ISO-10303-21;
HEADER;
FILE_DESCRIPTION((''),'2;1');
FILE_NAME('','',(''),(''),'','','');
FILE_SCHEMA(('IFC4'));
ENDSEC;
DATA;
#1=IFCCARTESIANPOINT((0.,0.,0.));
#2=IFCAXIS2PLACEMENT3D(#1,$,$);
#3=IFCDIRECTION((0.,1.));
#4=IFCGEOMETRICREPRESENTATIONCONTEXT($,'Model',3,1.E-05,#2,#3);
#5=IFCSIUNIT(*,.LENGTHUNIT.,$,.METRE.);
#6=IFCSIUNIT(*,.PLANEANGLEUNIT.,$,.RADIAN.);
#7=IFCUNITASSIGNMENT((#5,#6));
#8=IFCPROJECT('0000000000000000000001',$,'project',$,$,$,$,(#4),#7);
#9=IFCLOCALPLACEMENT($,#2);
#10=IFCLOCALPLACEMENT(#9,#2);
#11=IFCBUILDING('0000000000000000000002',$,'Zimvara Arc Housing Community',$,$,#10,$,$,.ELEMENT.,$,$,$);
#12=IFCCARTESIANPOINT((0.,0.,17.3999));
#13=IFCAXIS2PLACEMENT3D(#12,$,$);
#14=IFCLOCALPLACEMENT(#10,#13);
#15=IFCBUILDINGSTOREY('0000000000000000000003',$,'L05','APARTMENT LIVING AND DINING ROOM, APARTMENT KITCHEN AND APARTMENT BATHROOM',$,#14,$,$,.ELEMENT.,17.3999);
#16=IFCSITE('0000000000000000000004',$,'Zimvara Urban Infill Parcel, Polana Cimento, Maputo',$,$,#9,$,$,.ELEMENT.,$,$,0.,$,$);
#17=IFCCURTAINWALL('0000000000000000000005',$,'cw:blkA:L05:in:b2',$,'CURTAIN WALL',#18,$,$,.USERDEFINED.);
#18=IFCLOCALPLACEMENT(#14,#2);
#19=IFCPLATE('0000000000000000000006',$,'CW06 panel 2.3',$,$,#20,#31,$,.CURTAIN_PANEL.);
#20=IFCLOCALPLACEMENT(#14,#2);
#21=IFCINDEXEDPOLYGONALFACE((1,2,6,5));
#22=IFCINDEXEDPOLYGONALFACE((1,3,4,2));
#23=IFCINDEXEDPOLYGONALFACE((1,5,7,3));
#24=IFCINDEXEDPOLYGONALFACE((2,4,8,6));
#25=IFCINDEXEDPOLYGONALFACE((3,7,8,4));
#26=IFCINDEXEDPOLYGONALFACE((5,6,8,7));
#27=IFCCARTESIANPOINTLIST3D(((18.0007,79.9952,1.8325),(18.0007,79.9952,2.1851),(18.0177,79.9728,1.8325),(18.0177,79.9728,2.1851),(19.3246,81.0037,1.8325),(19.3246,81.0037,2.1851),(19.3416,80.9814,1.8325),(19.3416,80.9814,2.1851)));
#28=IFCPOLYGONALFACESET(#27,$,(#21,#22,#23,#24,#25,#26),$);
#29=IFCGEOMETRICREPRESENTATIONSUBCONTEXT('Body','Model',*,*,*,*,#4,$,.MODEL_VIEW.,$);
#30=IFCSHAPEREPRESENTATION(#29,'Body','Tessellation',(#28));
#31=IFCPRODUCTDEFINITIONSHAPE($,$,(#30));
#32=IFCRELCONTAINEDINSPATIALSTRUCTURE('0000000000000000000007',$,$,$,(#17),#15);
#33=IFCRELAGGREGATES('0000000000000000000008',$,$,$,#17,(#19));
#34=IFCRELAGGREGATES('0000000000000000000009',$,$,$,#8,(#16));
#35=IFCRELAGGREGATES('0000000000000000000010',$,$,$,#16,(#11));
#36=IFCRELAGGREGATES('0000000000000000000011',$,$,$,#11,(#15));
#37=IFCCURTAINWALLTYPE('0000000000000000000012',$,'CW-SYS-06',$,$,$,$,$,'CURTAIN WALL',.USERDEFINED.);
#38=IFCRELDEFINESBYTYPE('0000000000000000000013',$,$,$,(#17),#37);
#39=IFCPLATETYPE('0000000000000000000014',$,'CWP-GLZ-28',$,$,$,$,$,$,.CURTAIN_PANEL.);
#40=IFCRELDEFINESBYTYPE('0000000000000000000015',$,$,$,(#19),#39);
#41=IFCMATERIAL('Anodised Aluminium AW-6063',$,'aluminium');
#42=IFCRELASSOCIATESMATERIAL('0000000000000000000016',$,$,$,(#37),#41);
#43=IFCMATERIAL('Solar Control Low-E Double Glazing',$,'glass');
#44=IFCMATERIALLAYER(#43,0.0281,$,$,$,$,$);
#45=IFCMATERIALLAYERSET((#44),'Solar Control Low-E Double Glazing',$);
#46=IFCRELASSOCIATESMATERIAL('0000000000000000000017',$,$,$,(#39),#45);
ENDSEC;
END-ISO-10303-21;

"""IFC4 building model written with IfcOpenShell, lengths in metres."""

from ifc_helpers import new_model, si_unit, direction, frame, origin, origin_2d, place, context, subcontext, project, spatial, rectangle, extrude, material, layer, layer_set, type_object, element, aggregate, save


model = new_model("IFC4")

# Units and contexts
model_context = context("Model", 3, precision=1e-05, world=origin(), true_north=direction((0.0, 1.0)))
body_context = subcontext(model_context, "Body", "Model", "MODEL_VIEW")
ifc_project = project(units=[si_unit("LENGTHUNIT", "METRE"), si_unit("PLANEANGLEUNIT", "RADIAN")], contexts=[model_context])

# Site, building, storey
site_placement = place(None, origin())
site = spatial("IfcSite", under=ifc_project, at=site_placement, Name="Zimvara Urban Infill Parcel, Polana Cimento, Maputo", CompositionType="ELEMENT", RefElevation=0.0)
building_placement = place(site_placement, origin())
building = spatial("IfcBuilding", under=site, at=building_placement, Name="Zimvara Arc Housing Community", CompositionType="ELEMENT")
storey_placement = place(building_placement, frame((0.0, 0.0, 17.3999)))
storey = spatial("IfcBuildingStorey", under=building, at=storey_placement, Name="L05", Description="APARTMENT LIVING AND DINING ROOM, APARTMENT KITCHEN AND APARTMENT BATHROOM", CompositionType="ELEMENT", Elevation=17.3999)

# Curtain wall
ifc_material_1 = material(Name="Anodised Aluminium AW-6063", Category="aluminium")
curtain_wall_type_1 = type_object("IfcCurtainWallType", Name="CW-SYS-06", ElementType="CURTAIN WALL", PredefinedType="USERDEFINED", material=ifc_material_1)
curtain_wall_1_placement = place(storey_placement, origin())
curtain_wall_1 = element("IfcCurtainWall", 1, at=curtain_wall_1_placement, inside=storey, type_object=curtain_wall_type_1, Name="cw:blkA:L05:in:b2", ObjectType="CURTAIN WALL", PredefinedType="USERDEFINED")

# Plate
ifc_material_2 = material(Name="Solar Control Low-E Double Glazing", Category="glass")
ifc_layer_1 = layer(ifc_material_2, 0.0281)
ifc_layer_set_1 = layer_set([ifc_layer_1], Name="Solar Control Low-E Double Glazing")
plate_type_1 = type_object("IfcPlateType", Name="CWP-GLZ-28", PredefinedType="CURTAIN_PANEL", material=ifc_layer_set_1)
plate_1_placement = place(storey_placement, frame((18.6711, 80.4883, 1.8325), z_axis=(0.0, 0.0, 1.0), x_axis=(0.795474, 0.605988, 0.0)))
plate_1 = element("IfcPlate", 2, at=plate_1_placement, type_object=plate_type_1, Name="CW06 panel 2.3", PredefinedType="CURTAIN_PANEL", context=body_context, shape_type="SweptSolid", body=[
    extrude(rectangle(XDim=1.6643, YDim=0.0281, at=origin_2d()), origin(), (0.0, 0.0, 1.0), 0.3525),
])
aggregate(curtain_wall_1, [plate_1])

save(model, "model.ifc")
